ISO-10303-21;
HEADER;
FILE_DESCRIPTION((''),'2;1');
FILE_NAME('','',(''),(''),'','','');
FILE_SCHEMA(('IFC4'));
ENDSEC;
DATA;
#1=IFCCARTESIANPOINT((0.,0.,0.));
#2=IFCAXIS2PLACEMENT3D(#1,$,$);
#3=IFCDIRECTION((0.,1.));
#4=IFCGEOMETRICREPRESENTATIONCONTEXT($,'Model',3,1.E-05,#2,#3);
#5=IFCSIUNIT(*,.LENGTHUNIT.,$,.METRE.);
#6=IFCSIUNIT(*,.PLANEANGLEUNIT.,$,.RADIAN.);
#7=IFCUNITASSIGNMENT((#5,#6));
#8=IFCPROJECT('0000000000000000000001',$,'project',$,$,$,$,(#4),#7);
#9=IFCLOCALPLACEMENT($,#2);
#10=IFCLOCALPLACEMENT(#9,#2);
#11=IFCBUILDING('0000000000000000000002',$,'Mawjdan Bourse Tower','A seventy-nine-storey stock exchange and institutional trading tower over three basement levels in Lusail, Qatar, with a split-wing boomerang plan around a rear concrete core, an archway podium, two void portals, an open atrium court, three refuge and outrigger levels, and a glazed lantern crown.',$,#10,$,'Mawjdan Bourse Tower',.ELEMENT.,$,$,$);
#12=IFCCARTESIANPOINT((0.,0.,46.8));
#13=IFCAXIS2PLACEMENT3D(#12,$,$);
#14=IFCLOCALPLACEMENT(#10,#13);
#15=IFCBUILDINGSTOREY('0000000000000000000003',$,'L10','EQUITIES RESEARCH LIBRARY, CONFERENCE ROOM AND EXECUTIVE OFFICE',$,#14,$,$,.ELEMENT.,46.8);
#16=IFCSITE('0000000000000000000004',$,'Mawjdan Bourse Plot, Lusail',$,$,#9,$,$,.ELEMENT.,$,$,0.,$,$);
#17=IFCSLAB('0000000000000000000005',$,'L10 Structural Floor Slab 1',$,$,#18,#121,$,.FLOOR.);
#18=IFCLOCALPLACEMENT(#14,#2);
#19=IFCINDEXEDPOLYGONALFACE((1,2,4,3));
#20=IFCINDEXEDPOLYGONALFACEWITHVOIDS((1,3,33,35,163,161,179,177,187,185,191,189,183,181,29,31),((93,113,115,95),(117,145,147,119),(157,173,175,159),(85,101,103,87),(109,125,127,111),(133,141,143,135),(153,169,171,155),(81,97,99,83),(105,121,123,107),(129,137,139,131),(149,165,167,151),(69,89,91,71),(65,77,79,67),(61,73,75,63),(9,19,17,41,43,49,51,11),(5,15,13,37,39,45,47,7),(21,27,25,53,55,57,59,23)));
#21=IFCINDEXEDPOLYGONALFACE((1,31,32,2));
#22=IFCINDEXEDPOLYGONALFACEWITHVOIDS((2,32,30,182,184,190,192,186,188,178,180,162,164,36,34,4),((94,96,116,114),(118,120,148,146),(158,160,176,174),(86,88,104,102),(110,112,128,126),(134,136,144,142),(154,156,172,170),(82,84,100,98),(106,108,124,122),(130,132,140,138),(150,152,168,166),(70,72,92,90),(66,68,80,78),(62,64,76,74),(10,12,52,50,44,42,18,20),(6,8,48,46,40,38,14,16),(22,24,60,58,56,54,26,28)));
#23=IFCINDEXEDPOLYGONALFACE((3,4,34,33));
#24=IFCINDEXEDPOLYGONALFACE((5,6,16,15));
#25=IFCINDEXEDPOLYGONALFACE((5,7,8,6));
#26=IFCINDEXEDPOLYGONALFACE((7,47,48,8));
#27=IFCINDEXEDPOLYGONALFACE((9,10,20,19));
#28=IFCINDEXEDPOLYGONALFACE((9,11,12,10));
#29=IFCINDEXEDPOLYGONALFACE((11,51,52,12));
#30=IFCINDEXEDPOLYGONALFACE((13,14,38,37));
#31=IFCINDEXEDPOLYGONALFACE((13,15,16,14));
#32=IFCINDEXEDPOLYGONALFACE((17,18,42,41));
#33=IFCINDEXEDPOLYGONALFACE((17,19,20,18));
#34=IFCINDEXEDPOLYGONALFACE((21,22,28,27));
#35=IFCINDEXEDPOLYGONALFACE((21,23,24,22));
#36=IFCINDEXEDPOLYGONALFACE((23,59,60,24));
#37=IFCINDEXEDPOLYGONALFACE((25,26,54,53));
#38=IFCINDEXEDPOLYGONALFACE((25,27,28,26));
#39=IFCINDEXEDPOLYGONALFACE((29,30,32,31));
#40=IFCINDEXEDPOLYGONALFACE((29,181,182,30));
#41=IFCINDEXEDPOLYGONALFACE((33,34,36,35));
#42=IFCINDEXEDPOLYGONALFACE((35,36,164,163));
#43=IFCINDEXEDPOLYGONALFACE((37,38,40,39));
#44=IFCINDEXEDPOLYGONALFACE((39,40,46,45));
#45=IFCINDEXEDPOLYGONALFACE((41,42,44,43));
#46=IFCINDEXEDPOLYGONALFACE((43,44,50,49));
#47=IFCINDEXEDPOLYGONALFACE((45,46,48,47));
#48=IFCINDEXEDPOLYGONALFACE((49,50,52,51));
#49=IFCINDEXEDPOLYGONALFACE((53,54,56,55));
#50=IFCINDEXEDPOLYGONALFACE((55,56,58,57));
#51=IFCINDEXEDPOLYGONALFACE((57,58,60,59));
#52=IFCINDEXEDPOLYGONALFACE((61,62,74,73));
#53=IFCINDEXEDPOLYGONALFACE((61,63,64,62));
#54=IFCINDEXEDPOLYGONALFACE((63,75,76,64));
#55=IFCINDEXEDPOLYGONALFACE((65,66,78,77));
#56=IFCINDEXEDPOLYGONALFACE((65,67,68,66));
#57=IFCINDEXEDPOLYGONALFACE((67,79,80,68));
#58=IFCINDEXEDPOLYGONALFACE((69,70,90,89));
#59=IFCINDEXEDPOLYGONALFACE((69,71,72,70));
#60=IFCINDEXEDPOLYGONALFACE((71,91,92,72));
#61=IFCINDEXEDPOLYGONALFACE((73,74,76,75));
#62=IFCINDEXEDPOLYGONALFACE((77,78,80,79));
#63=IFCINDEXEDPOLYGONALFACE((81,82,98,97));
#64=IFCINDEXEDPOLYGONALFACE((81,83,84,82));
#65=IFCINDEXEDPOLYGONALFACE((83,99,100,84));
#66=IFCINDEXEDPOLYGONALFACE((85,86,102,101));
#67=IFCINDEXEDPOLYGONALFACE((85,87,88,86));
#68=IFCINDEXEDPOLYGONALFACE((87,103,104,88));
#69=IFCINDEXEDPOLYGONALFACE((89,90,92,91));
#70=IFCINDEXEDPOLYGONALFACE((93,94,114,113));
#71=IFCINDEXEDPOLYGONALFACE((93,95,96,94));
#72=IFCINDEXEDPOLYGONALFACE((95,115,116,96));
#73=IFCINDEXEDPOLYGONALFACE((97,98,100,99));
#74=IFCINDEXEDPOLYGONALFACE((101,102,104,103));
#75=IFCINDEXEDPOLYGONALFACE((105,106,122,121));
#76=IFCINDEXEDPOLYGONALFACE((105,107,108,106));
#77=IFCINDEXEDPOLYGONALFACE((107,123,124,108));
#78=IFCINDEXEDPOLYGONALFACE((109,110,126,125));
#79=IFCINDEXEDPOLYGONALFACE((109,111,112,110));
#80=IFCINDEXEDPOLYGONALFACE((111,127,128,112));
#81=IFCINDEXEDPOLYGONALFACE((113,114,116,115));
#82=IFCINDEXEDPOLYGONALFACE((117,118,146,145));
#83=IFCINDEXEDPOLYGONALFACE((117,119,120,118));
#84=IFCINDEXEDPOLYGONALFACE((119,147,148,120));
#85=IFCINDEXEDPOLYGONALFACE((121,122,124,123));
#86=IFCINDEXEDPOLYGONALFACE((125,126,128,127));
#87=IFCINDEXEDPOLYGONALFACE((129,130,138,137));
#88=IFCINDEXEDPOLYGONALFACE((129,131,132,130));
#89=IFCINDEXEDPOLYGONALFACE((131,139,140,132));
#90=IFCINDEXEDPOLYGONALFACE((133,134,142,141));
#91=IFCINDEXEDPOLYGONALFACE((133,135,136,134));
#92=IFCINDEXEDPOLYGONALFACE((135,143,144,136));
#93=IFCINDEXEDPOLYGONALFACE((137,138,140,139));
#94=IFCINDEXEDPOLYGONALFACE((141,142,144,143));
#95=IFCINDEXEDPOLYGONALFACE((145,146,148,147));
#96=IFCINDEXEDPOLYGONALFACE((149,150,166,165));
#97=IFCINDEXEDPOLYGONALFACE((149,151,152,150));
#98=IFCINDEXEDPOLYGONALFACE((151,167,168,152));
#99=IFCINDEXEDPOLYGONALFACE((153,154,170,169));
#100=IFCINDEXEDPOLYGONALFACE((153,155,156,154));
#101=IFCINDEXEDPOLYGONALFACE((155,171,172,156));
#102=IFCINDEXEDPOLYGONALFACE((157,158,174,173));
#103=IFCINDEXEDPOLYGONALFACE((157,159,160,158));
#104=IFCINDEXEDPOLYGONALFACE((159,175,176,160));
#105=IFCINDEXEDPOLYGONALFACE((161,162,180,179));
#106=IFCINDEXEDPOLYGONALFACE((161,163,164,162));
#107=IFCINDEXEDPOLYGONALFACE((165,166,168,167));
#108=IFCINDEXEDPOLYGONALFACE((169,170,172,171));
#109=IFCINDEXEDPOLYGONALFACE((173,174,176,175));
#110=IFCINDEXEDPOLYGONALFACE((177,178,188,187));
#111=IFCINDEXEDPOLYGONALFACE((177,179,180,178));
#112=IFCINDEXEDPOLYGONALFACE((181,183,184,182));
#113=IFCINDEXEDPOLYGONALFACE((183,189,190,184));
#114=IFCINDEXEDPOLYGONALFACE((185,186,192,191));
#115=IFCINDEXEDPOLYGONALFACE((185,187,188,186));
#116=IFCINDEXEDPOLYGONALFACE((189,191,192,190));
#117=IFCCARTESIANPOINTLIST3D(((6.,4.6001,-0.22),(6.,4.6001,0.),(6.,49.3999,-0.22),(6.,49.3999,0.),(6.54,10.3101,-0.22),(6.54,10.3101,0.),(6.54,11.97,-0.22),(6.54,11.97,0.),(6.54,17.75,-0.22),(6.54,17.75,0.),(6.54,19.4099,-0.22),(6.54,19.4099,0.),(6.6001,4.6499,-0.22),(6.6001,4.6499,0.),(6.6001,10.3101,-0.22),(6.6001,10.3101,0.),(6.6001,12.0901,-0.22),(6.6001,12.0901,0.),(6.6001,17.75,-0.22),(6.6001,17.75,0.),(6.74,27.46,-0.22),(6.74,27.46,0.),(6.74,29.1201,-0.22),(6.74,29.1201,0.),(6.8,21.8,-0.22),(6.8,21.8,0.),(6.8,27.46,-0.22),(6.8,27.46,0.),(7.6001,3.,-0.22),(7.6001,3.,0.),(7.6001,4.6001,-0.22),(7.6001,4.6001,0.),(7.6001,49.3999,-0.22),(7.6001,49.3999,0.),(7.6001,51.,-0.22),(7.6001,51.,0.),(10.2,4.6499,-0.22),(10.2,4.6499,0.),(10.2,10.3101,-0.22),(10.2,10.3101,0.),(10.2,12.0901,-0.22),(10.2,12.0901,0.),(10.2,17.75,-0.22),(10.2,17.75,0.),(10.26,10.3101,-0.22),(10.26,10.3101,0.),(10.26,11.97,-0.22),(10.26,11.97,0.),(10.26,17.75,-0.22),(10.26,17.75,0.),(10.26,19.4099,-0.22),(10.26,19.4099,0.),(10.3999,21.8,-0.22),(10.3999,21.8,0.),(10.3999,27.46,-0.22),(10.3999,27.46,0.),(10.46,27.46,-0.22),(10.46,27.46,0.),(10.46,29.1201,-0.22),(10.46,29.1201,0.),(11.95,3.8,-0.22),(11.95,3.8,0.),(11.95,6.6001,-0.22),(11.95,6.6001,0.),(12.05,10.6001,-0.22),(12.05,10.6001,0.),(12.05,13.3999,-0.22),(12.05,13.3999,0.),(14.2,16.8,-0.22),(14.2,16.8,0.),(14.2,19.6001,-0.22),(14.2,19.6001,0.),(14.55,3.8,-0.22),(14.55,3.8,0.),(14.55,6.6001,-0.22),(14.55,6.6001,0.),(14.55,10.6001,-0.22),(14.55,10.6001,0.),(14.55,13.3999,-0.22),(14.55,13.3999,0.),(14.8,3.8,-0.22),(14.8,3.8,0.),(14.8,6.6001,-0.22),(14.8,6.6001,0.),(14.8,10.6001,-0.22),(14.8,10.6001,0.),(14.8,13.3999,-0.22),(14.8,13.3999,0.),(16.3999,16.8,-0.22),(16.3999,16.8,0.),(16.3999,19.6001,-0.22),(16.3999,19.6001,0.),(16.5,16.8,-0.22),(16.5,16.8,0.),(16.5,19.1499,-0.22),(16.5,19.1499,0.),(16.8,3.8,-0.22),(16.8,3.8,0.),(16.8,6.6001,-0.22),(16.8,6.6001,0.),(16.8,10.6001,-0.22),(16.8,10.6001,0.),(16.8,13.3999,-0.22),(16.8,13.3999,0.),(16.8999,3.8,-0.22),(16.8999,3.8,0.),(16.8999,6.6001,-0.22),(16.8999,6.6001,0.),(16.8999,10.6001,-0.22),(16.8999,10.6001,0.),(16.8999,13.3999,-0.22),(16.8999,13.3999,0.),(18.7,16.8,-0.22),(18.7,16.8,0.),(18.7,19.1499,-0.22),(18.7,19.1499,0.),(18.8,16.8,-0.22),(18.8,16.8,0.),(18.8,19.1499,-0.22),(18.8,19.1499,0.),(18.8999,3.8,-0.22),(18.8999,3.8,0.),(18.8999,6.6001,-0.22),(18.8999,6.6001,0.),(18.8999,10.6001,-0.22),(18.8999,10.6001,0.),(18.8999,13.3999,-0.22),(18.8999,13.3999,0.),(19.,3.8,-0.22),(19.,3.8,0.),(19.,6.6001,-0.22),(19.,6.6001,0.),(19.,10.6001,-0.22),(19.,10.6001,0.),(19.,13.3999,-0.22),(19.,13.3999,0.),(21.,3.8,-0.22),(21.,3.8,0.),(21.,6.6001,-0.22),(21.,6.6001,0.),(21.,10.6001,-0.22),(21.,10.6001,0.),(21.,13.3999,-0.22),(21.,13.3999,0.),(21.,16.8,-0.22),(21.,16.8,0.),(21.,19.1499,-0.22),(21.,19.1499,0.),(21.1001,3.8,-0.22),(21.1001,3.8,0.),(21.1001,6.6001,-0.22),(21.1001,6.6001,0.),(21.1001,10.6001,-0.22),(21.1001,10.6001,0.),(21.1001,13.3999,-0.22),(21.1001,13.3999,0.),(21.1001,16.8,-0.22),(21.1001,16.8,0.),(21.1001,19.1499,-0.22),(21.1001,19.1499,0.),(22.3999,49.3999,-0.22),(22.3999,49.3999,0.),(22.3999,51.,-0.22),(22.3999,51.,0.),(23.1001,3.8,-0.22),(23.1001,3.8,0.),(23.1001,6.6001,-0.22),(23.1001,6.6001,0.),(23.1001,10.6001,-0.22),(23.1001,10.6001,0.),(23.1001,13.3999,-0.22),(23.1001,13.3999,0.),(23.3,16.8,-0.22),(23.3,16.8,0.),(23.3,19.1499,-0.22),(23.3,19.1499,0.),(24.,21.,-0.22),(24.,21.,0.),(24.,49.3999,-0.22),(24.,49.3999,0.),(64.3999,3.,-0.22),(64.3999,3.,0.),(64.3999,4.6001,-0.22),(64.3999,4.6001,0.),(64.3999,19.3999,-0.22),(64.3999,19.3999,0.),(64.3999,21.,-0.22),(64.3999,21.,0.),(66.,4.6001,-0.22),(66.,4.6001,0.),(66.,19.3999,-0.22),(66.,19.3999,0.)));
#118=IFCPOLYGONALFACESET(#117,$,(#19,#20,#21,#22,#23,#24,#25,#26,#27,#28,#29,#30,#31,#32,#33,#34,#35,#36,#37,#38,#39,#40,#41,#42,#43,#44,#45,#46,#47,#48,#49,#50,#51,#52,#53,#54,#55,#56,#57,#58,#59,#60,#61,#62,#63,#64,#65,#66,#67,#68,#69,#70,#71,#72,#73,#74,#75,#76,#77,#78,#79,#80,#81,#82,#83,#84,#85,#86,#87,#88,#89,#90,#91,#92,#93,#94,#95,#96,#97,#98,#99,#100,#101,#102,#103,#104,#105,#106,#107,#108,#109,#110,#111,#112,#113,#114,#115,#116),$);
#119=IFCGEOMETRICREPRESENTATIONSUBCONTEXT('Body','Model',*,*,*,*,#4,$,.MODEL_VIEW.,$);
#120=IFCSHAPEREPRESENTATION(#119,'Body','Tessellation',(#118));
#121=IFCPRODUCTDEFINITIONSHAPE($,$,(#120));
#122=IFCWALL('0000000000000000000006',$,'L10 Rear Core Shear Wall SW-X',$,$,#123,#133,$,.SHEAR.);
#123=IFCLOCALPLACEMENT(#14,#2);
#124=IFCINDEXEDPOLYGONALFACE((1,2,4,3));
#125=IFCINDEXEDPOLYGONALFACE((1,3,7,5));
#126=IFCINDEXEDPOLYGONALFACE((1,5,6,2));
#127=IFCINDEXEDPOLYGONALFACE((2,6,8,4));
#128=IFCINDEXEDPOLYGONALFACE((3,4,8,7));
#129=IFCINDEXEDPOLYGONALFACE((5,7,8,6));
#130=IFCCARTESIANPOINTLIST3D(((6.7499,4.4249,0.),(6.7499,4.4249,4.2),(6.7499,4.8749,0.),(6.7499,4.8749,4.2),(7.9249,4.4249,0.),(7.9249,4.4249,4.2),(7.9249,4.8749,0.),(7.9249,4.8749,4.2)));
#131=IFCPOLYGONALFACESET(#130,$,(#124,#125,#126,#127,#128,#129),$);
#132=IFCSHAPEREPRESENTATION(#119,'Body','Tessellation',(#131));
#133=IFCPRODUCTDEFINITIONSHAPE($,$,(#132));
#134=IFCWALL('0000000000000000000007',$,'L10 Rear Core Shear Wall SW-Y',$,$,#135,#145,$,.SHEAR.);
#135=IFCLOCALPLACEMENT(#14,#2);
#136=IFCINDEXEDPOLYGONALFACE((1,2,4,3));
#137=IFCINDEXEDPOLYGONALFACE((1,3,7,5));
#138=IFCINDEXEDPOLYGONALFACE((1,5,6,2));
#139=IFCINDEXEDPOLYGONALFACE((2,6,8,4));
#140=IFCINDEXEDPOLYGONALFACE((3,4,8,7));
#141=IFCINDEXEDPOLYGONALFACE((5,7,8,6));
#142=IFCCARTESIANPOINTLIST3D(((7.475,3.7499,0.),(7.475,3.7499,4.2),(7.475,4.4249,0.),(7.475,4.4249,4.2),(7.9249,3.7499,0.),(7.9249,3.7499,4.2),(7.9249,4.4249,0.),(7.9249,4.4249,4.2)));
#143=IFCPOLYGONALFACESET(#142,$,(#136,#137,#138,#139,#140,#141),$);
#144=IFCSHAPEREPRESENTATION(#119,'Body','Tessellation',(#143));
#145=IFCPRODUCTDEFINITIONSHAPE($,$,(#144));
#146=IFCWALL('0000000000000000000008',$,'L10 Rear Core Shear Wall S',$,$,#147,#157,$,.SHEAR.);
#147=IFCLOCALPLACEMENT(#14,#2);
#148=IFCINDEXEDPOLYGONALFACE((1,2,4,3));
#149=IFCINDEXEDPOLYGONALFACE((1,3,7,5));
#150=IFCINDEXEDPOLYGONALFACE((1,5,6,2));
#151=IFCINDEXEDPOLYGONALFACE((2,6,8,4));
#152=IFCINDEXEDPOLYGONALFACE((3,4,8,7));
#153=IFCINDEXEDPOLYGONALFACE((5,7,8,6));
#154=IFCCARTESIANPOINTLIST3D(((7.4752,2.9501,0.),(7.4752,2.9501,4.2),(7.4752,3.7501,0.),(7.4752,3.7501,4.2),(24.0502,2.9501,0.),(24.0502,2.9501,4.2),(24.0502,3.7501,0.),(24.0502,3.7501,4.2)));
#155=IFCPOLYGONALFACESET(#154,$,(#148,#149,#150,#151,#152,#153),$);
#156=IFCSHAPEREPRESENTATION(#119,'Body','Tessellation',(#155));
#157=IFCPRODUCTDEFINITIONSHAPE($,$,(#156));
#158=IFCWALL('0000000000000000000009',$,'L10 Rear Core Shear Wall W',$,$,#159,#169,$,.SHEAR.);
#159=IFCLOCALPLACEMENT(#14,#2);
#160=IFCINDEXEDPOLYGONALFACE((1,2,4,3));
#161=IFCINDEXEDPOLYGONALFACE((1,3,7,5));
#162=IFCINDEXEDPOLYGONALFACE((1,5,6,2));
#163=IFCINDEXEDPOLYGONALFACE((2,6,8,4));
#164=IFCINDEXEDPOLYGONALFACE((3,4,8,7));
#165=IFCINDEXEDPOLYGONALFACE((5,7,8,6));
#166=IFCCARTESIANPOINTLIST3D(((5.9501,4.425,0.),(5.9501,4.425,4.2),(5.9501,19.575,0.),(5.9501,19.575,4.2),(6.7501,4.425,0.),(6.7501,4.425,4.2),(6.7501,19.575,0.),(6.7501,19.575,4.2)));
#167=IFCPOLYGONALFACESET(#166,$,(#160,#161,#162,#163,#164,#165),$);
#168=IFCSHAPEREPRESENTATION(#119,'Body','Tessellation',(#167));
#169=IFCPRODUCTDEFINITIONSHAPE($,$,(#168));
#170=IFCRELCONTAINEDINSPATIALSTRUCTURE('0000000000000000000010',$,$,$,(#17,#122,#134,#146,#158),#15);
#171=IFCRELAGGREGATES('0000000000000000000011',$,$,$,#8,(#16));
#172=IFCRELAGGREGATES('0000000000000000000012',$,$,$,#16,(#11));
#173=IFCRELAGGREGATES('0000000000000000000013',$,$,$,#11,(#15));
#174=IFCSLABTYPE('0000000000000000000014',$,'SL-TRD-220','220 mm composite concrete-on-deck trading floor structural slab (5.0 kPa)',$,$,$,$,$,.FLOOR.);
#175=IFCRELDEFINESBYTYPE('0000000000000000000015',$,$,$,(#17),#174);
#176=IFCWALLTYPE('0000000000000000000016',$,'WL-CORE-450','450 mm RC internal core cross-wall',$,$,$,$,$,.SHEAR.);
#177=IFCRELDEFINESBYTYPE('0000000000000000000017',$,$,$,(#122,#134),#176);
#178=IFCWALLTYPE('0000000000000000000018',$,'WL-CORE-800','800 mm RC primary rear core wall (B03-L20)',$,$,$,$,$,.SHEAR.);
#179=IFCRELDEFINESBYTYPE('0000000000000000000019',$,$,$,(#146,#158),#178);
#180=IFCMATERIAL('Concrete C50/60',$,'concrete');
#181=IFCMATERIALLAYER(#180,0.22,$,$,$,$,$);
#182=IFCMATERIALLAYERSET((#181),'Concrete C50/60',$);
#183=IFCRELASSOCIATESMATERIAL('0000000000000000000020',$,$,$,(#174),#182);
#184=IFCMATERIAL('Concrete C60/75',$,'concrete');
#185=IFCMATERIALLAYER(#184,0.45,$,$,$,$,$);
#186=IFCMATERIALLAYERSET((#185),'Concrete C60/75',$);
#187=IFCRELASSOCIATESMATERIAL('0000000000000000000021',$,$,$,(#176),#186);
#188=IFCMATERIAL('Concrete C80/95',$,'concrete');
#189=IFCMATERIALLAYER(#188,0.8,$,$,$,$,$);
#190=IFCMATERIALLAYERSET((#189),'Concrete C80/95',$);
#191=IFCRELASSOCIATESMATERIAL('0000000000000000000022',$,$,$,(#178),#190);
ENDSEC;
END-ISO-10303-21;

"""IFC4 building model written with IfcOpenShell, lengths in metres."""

from ifc_helpers import new_model, si_unit, direction, frame, frame_2d, origin, place, context, subcontext, project, spatial, polyline, rectangle, outline, extrude, material, layer, layer_set, type_object, element, save


model = new_model("IFC4")

# Units and contexts
model_context = context("Model", 3, precision=1e-05, world=origin(), true_north=direction((0.0, 1.0)))
body_context = subcontext(model_context, "Body", "Model", "MODEL_VIEW")
ifc_project = project(units=[si_unit("LENGTHUNIT", "METRE"), si_unit("PLANEANGLEUNIT", "RADIAN")], contexts=[model_context])

# Site, building, storey
site_placement = place(None, origin())
site = spatial("IfcSite", under=ifc_project, at=site_placement, Name="Mawjdan Bourse Plot, Lusail", CompositionType="ELEMENT", RefElevation=0.0)
building_placement = place(site_placement, origin())
building = spatial("IfcBuilding", under=site, at=building_placement, Name="Mawjdan Bourse Tower", Description="A seventy-nine-storey stock exchange and institutional trading tower over three basement levels in Lusail, Qatar, with a split-wing boomerang plan around a rear concrete core, an archway podium, two void portals, an open atrium court, three refuge and outrigger levels, and a glazed lantern crown.", LongName="Mawjdan Bourse Tower", CompositionType="ELEMENT")
storey_placement = place(building_placement, frame((0.0, 0.0, 46.8)))
storey = spatial("IfcBuildingStorey", under=building, at=storey_placement, Name="L10", Description="EQUITIES RESEARCH LIBRARY, CONFERENCE ROOM AND EXECUTIVE OFFICE", CompositionType="ELEMENT", Elevation=46.8)

# Shared definitions
ifc_material_1 = material(Name="Concrete C50/60", Category="concrete")

# Slab
ifc_layer_1 = layer(ifc_material_1, 0.22)
ifc_layer_set_1 = layer_set([ifc_layer_1], Name="Concrete C50/60")
slab_type_1 = type_object("IfcSlabType", Name="SL-TRD-220", Description="220 mm composite concrete-on-deck trading floor structural slab (5.0 kPa)", PredefinedType="FLOOR", material=ifc_layer_set_1)
slab_1_placement = place(storey_placement, frame((0.0, 0.0, -0.22)))
element("IfcSlab", 1, at=slab_1_placement, inside=storey, type_object=slab_type_1, Name="L10 Structural Floor Slab 1", PredefinedType="FLOOR", context=body_context, shape_type="SweptSolid", body=[
    extrude(outline(polyline([(7.6001, 3.0), (64.3999, 3.0), (64.3999, 4.6001), (66.0, 4.6001), (66.0, 19.3999), (64.3999, 19.3999), (64.3999, 21.0), (24.0, 21.0), (24.0, 49.3999), (22.3999, 49.3999), (22.3999, 51.0), (7.6001, 51.0), (7.6001, 49.3999), (6.0, 49.3999), (6.0, 4.6001), (7.6001, 4.6001), (7.6001, 3.0)]), holes=[polyline([(11.95, 3.8), (11.95, 6.6001), (14.55, 6.6001), (14.55, 3.8), (11.95, 3.8)]), polyline([(14.8, 3.8), (14.8, 6.6001), (16.8, 6.6001), (16.8, 3.8), (14.8, 3.8)]), polyline([(10.26, 11.97), (10.26, 10.3101), (10.2, 10.3101), (10.2, 4.6499), (6.6001, 4.6499), (6.6001, 10.3101), (6.54, 10.3101), (6.54, 11.97), (10.26, 11.97)]), polyline([(12.05, 13.3999), (14.55, 13.3999), (14.55, 10.6001), (12.05, 10.6001), (12.05, 13.3999)]), polyline([(6.6001, 17.75), (6.54, 17.75), (6.54, 19.4099), (10.26, 19.4099), (10.26, 17.75), (10.2, 17.75), (10.2, 12.0901), (6.6001, 12.0901), (6.6001, 17.75)]), polyline([(14.2, 16.8), (14.2, 19.6001), (16.3999, 19.6001), (16.3999, 16.8), (14.2, 16.8)]), polyline([(10.46, 27.46), (10.3999, 27.46), (10.3999, 21.8), (6.8, 21.8), (6.8, 27.46), (6.74, 27.46), (6.74, 29.1201), (10.46, 29.1201), (10.46, 27.46)]), polyline([(16.8999, 3.8), (16.8999, 6.6001), (18.8999, 6.6001), (18.8999, 3.8), (16.8999, 3.8)]), polyline([(19.0, 3.8), (19.0, 6.6001), (21.0, 6.6001), (21.0, 3.8), (19.0, 3.8)]), polyline([(21.1001, 3.8), (21.1001, 6.6001), (23.1001, 6.6001), (23.1001, 3.8), (21.1001, 3.8)]), polyline([(14.8, 13.3999), (16.8, 13.3999), (16.8, 10.6001), (14.8, 10.6001), (14.8, 13.3999)]), polyline([(16.8999, 13.3999), (18.8999, 13.3999), (18.8999, 10.6001), (16.8999, 10.6001), (16.8999, 13.3999)]), polyline([(19.0, 10.6001), (19.0, 13.3999), (21.0, 13.3999), (21.0, 10.6001), (19.0, 10.6001)]), polyline([(21.1001, 10.6001), (21.1001, 13.3999), (23.1001, 13.3999), (23.1001, 10.6001), (21.1001, 10.6001)]), polyline([(16.5, 16.8), (16.5, 19.1499), (18.7, 19.1499), (18.7, 16.8), (16.5, 16.8)]), polyline([(18.8, 19.1499), (21.0, 19.1499), (21.0, 16.8), (18.8, 16.8), (18.8, 19.1499)]), polyline([(21.1001, 19.1499), (23.3, 19.1499), (23.3, 16.8), (21.1001, 16.8), (21.1001, 19.1499)])]), origin(), (0.0, 0.0, 1.0), 0.22),
])

# Walls
ifc_material_2 = material(Name="Concrete C60/75", Category="concrete")
ifc_layer_2 = layer(ifc_material_2, 0.45)
ifc_layer_set_2 = layer_set([ifc_layer_2], Name="Concrete C60/75")
wall_type_1 = type_object("IfcWallType", Name="WL-CORE-450", Description="450 mm RC internal core cross-wall", PredefinedType="SHEAR", material=ifc_layer_set_2)
wall_1_placement = place(storey_placement, frame((6.75, 4.6499, 0.0), z_axis=(0.0, 0.0, 1.0), x_axis=(1.0, 0.0, 0.0)))
element("IfcWall", 2, at=wall_1_placement, inside=storey, type_object=wall_type_1, Name="L10 Rear Core Shear Wall SW-X", PredefinedType="SHEAR", context=body_context, shape_type="SweptSolid", body=[
    extrude(rectangle(XDim=1.175, YDim=0.45, at=frame_2d((0.5874, 0.0))), origin(), (0.0, 0.0, 1.0), 4.2),
])
wall_2_placement = place(storey_placement, frame((7.7, 3.75, 0.0), z_axis=(0.0, 0.0, 1.0), x_axis=(0.0, 1.0, 0.0)))
element("IfcWall", 3, at=wall_2_placement, inside=storey, type_object=wall_type_1, Name="L10 Rear Core Shear Wall SW-Y", PredefinedType="SHEAR", context=body_context, shape_type="SweptSolid", body=[
    extrude(rectangle(XDim=0.675, YDim=0.45, at=frame_2d((0.3374, 0.0))), origin(), (0.0, 0.0, 1.0), 4.2),
])
ifc_material_3 = material(Name="Concrete C80/95", Category="concrete")
ifc_layer_3 = layer(ifc_material_3, 0.8)
ifc_layer_set_3 = layer_set([ifc_layer_3], Name="Concrete C80/95")
wall_type_2 = type_object("IfcWallType", Name="WL-CORE-800", Description="800 mm RC primary rear core wall (B03-L20)", PredefinedType="SHEAR", material=ifc_layer_set_3)
wall_3_placement = place(storey_placement, frame((7.4751, 3.3501, 0.0), z_axis=(0.0, 0.0, 1.0), x_axis=(1.0, 0.0, 0.0)))
element("IfcWall", 4, at=wall_3_placement, inside=storey, type_object=wall_type_2, Name="L10 Rear Core Shear Wall S", PredefinedType="SHEAR", context=body_context, shape_type="SweptSolid", body=[
    extrude(rectangle(XDim=16.575, YDim=0.8, at=frame_2d((8.2876, 0.0))), origin(), (0.0, 0.0, 1.0), 4.2),
])
wall_4_placement = place(storey_placement, frame((6.3501, 4.425, 0.0), z_axis=(0.0, 0.0, 1.0), x_axis=(0.0, 1.0, 0.0)))
element("IfcWall", 5, at=wall_4_placement, inside=storey, type_object=wall_type_2, Name="L10 Rear Core Shear Wall W", PredefinedType="SHEAR", context=body_context, shape_type="SweptSolid", body=[
    extrude(rectangle(XDim=15.1499, YDim=0.8, at=frame_2d((7.575, 0.0))), origin(), (0.0, 0.0, 1.0), 4.2),
])

save(model, "model.ifc")
